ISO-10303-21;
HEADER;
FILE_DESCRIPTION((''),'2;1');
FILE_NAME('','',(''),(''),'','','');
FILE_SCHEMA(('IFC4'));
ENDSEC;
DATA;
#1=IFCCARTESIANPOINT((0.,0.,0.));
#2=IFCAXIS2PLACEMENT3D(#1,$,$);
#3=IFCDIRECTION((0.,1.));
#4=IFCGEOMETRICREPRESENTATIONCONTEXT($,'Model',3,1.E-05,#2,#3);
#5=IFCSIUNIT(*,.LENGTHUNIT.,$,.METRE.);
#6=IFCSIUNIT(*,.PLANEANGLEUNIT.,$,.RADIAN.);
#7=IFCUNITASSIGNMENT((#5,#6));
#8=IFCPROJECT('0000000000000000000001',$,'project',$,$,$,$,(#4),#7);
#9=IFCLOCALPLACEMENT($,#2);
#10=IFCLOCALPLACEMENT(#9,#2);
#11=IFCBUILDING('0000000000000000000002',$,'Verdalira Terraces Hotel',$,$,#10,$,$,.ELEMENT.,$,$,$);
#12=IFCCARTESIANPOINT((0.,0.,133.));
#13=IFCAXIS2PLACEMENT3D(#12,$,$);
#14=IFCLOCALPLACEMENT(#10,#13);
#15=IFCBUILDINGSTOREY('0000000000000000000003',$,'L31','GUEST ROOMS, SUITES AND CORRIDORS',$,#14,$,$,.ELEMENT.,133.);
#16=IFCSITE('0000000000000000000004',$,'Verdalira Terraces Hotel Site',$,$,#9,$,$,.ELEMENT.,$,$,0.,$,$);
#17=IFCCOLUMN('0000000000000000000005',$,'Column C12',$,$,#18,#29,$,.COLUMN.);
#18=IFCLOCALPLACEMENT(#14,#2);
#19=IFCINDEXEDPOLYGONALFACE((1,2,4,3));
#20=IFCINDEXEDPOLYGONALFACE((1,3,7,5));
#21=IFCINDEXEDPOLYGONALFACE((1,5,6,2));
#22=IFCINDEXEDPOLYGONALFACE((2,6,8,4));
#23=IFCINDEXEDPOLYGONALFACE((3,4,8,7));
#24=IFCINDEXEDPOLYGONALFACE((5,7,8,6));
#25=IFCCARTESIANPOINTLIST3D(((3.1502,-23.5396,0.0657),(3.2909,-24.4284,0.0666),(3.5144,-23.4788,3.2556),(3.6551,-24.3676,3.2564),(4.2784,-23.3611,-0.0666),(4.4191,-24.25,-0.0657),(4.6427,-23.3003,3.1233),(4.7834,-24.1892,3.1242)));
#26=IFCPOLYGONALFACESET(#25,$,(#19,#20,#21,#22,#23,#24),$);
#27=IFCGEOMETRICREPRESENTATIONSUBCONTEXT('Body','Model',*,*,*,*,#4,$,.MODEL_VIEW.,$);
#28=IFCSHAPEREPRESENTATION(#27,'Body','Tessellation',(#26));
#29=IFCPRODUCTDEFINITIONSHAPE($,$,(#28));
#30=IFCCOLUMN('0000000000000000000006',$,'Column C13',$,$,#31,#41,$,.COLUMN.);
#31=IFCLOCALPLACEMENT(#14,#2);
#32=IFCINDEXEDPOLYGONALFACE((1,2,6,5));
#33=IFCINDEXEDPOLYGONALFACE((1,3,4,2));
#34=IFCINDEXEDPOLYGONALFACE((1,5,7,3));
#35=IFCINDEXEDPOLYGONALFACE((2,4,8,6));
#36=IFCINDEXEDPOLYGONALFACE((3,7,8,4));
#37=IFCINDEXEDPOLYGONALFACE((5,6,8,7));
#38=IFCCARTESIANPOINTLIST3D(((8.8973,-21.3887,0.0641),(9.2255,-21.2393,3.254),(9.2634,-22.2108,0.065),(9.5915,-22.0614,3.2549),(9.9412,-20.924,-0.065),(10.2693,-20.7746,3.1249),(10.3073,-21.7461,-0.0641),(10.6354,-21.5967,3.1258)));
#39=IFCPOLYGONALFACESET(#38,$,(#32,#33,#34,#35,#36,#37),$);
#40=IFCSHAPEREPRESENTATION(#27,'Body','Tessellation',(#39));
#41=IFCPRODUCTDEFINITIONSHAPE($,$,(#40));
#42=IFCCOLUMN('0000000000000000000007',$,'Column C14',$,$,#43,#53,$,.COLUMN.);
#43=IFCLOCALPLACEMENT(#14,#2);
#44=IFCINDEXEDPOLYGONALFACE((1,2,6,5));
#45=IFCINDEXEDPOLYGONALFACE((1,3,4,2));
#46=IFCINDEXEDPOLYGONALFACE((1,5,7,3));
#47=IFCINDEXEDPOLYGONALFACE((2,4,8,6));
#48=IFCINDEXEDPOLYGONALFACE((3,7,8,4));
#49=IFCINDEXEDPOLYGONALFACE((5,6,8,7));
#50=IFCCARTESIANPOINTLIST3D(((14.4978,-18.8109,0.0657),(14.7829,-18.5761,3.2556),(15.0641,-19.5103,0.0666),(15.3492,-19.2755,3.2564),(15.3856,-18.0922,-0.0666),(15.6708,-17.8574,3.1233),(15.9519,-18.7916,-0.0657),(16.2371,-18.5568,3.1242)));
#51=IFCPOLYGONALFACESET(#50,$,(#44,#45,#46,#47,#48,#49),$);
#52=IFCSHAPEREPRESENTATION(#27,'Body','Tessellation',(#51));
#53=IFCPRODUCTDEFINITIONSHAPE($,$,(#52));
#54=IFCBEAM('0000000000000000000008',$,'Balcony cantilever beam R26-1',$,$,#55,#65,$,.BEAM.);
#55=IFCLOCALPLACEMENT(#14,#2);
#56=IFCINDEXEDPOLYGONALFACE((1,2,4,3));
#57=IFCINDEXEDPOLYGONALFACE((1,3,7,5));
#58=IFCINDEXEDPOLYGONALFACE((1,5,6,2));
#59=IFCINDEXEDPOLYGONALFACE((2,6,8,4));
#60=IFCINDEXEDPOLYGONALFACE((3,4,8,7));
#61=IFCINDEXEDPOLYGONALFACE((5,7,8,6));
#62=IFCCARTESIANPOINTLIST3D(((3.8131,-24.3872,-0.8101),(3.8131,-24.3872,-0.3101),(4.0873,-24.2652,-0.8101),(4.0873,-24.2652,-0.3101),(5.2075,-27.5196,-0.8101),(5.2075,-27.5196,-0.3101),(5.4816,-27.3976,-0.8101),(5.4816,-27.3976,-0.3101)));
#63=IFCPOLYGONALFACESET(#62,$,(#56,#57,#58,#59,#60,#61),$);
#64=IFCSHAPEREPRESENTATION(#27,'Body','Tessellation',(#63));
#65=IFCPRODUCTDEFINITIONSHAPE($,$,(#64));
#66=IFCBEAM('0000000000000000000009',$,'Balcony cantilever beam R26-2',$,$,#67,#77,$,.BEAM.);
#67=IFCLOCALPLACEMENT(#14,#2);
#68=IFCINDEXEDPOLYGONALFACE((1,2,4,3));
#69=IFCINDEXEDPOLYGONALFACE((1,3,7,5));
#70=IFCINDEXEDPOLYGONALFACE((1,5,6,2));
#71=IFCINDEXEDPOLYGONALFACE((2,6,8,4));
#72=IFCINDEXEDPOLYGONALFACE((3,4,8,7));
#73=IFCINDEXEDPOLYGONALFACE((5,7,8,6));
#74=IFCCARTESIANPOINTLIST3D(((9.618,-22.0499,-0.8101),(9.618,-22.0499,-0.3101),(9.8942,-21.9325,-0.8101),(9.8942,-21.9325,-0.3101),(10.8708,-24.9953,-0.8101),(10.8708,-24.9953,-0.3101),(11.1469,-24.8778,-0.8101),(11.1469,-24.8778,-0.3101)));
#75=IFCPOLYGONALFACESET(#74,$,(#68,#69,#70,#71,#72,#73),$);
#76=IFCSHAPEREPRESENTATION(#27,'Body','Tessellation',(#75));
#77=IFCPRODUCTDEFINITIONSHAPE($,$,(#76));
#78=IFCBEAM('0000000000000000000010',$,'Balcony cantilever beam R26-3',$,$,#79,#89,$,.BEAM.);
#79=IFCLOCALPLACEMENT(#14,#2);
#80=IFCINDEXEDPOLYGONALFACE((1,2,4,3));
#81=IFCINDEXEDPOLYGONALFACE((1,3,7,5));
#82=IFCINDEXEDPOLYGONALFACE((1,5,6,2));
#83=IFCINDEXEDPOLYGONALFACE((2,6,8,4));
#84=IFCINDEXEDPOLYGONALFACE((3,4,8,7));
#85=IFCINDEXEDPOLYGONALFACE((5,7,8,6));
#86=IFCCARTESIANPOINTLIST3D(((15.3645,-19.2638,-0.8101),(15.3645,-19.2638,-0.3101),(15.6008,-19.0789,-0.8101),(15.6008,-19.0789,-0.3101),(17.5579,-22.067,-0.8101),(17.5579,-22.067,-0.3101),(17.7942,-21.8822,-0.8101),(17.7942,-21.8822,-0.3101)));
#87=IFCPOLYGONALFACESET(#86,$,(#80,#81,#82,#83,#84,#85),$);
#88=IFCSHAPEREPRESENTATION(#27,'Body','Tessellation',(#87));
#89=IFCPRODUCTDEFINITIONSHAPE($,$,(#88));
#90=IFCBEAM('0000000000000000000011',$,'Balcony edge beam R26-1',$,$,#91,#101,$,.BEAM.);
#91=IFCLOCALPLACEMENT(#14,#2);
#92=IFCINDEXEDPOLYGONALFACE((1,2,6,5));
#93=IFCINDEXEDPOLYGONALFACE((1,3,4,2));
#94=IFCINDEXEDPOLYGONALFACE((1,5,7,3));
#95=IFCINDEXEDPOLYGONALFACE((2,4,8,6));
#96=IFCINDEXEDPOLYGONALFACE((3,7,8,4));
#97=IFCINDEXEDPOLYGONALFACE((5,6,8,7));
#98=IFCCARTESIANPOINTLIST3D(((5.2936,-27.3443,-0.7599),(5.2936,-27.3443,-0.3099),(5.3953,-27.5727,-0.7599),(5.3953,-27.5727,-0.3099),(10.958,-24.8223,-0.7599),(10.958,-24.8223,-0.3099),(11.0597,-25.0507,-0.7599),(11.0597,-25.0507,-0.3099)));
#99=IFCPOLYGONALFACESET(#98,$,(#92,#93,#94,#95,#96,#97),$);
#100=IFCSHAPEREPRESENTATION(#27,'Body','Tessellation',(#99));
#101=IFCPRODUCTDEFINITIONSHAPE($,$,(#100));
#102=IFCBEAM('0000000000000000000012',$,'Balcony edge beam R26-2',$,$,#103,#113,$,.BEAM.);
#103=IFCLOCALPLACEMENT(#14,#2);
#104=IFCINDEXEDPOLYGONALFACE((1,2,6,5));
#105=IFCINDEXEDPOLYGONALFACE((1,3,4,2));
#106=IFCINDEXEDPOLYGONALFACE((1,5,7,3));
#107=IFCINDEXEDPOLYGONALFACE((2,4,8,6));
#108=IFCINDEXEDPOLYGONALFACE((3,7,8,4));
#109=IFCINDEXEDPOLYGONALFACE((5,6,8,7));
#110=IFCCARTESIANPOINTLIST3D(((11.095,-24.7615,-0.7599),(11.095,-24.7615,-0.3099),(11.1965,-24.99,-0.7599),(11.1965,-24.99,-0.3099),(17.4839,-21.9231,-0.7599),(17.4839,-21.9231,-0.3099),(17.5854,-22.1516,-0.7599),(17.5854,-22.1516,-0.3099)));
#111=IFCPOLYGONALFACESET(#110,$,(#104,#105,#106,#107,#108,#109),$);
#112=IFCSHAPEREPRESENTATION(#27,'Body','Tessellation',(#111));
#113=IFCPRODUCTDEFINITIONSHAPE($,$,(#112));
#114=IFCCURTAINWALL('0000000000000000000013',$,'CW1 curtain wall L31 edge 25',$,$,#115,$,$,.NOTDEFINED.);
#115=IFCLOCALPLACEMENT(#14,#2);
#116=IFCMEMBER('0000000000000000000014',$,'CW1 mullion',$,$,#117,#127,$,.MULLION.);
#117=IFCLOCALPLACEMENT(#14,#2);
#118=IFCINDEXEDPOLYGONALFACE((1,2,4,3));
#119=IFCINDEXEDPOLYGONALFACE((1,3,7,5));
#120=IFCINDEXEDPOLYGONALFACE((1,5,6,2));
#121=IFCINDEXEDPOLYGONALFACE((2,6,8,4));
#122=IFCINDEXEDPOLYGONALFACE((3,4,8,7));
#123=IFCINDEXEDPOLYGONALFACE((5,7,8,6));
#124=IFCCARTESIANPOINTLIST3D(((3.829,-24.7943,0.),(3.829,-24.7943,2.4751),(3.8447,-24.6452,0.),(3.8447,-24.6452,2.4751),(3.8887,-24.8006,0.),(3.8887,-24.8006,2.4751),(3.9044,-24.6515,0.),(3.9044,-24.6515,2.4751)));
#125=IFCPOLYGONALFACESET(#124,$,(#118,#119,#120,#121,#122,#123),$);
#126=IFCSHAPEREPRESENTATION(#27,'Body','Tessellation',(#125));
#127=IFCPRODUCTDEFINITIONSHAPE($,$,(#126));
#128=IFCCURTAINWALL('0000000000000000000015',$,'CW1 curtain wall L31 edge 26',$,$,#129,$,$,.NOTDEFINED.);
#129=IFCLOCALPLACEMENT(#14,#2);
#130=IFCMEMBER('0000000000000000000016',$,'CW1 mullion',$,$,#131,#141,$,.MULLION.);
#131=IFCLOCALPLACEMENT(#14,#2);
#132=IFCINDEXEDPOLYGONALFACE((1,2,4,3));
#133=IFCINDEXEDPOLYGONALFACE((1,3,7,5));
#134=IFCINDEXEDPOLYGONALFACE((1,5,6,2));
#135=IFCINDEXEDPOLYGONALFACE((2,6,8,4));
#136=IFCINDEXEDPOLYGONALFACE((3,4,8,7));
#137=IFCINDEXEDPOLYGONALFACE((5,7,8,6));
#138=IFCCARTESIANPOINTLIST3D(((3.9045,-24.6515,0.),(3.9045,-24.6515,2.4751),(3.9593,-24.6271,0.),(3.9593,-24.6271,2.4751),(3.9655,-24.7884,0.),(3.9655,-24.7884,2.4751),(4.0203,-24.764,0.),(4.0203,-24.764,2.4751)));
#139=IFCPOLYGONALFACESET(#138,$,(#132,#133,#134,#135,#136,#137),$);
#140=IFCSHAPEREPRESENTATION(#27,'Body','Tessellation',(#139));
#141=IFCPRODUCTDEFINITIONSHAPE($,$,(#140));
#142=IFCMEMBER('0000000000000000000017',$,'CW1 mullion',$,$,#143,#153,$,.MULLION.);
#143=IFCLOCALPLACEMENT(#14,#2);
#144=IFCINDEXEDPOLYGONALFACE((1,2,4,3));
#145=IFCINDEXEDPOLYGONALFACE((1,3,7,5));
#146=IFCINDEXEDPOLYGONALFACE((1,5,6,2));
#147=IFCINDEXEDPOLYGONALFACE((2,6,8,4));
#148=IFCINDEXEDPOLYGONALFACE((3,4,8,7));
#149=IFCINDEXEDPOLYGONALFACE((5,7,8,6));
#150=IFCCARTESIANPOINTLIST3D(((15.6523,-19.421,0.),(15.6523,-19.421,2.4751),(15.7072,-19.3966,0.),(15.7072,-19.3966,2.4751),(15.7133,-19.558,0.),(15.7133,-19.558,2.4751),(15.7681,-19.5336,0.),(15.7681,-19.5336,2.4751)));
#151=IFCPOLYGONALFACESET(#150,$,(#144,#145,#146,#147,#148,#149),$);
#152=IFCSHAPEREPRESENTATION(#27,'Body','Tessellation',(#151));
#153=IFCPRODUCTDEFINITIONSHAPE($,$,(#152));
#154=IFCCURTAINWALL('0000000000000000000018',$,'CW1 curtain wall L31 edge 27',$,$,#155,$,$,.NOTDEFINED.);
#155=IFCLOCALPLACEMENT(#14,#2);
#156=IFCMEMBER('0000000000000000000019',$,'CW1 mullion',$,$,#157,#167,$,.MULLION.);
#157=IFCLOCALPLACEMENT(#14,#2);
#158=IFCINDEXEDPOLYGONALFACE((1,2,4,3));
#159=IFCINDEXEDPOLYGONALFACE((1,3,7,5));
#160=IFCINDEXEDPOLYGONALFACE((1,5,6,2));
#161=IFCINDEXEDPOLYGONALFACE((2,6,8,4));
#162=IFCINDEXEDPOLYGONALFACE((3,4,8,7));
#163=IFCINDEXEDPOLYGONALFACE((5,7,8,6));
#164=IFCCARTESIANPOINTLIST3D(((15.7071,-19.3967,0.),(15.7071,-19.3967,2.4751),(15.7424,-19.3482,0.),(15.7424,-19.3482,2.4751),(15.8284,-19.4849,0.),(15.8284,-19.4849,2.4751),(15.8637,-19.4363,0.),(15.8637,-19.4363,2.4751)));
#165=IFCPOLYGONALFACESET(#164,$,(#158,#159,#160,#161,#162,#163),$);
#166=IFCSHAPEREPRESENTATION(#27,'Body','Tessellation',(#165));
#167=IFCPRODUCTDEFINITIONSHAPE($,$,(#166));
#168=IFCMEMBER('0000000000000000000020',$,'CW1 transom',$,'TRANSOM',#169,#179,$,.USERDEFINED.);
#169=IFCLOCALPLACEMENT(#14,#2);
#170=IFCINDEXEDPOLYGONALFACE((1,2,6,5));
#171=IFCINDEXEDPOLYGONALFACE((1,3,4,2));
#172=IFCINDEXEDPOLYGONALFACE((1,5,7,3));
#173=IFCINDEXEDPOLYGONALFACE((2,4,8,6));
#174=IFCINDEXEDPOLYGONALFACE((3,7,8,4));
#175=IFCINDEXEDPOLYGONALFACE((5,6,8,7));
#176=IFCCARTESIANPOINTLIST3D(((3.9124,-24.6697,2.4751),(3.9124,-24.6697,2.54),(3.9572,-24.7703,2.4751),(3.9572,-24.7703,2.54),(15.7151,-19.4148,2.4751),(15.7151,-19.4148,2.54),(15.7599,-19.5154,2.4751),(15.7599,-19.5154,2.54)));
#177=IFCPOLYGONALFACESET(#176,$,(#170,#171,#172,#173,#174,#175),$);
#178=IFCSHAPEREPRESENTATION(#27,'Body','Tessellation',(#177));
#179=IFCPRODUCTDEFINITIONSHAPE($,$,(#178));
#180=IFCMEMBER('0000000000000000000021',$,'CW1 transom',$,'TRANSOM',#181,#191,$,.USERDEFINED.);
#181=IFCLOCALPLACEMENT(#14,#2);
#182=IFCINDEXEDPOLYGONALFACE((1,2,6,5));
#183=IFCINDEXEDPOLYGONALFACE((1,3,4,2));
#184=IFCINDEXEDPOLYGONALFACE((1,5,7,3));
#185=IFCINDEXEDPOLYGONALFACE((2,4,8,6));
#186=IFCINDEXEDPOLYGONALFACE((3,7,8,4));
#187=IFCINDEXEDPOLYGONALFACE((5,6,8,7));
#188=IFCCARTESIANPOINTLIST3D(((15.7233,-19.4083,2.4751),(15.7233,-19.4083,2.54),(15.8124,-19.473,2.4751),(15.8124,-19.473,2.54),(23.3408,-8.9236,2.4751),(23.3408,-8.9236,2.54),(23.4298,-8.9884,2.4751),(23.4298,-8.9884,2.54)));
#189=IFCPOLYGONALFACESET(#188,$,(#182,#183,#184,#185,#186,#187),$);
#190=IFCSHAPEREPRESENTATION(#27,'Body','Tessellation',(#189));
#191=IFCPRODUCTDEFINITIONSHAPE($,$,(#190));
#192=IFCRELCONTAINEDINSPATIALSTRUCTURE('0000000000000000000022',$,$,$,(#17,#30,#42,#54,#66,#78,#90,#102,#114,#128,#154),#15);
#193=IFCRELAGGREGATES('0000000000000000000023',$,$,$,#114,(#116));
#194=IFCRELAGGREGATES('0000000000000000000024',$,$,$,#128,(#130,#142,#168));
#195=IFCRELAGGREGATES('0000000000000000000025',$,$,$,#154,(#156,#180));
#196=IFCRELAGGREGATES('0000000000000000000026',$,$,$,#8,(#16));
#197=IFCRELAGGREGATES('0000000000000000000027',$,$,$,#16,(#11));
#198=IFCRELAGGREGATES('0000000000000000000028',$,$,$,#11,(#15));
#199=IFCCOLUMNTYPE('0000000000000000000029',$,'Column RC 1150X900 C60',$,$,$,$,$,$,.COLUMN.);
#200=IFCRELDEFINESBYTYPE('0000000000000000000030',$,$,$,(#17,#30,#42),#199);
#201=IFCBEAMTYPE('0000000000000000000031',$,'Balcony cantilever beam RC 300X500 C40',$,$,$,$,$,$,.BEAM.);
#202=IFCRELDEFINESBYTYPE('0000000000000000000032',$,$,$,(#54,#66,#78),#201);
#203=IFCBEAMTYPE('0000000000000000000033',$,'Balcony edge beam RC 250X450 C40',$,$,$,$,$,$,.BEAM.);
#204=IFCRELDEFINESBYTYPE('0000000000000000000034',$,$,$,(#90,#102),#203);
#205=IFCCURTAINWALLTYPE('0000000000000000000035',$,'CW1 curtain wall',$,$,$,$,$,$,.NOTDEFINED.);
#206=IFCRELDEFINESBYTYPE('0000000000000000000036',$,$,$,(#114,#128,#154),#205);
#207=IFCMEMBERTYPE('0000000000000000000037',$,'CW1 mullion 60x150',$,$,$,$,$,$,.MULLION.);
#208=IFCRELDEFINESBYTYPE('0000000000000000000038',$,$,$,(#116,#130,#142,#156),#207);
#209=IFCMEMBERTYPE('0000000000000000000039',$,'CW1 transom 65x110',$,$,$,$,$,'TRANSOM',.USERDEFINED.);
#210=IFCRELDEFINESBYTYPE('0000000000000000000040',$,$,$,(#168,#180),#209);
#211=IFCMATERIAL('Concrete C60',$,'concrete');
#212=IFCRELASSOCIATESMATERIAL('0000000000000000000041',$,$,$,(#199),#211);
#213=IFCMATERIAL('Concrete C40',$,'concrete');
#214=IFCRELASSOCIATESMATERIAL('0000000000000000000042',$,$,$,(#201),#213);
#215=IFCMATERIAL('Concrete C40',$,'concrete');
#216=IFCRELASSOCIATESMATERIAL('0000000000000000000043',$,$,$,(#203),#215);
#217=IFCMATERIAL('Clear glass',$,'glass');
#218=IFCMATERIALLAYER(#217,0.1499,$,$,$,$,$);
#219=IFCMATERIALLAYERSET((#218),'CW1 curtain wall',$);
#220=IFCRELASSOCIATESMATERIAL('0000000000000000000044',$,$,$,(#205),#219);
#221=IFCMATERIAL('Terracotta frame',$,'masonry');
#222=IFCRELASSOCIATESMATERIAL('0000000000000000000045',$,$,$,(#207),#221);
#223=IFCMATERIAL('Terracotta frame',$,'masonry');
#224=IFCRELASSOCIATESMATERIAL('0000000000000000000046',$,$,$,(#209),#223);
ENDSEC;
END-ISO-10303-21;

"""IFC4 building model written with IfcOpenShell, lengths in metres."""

from ifc_helpers import new_model, si_unit, direction, frame, origin, origin_2d, place, context, subcontext, project, spatial, rectangle, extrude, material, layer, layer_set, material_profile, profile_set, type_object, element, aggregate, save


model = new_model("IFC4")

# Units and contexts
model_context = context("Model", 3, precision=1e-05, world=origin(), true_north=direction((0.0, 1.0)))
body_context = subcontext(model_context, "Body", "Model", "MODEL_VIEW")
ifc_project = project(units=[si_unit("LENGTHUNIT", "METRE"), si_unit("PLANEANGLEUNIT", "RADIAN")], contexts=[model_context])

# Site, building, storey
site_placement = place(None, origin())
site = spatial("IfcSite", under=ifc_project, at=site_placement, Name="Verdalira Terraces Hotel Site", CompositionType="ELEMENT", RefElevation=0.0)
building_placement = place(site_placement, origin())
building = spatial("IfcBuilding", under=site, at=building_placement, Name="Verdalira Terraces Hotel", CompositionType="ELEMENT")
storey_placement = place(building_placement, frame((0.0, 0.0, 133.0)))
storey = spatial("IfcBuildingStorey", under=building, at=storey_placement, Name="L31", Description="GUEST ROOMS, SUITES AND CORRIDORS", CompositionType="ELEMENT", Elevation=133.0)

# Columns
ifc_material_1 = material(Name="Concrete C60", Category="concrete")
ifc_material_profile_1 = material_profile(ifc_material_1, rectangle(XDim=1.1499, YDim=0.8999, at=origin_2d()), Name="RC 1150X900")
ifc_profile_set_1 = profile_set([ifc_material_profile_1], Name="Concrete C60")
column_type = type_object("IfcColumnType", Name="Column RC 1150X900 C60", PredefinedType="COLUMN", material=ifc_profile_set_1)
column_1_placement = place(storey_placement, frame((3.7847, -23.8948, 0.0), z_axis=(0.113432, 0.018931, 0.993365), x_axis=(-0.981167, -0.155197, 0.114997)))
element("IfcColumn", 1, at=column_1_placement, inside=storey, type_object=column_type, Name="Column C12", PredefinedType="COLUMN", context=body_context, shape_type="SweptSolid", body=[
    extrude(rectangle(XDim=1.1499, YDim=0.8999, at=origin_2d()), origin(), (0.0, 0.0, 1.0), 3.2112),
])
column_2_placement = place(storey_placement, frame((9.6023, -21.5674, 0.0), z_axis=(0.102212, 0.046543, 0.993673), x_axis=(0.907792, 0.404105, -0.112306)))
element("IfcColumn", 2, at=column_2_placement, inside=storey, type_object=column_type, Name="Column C13", PredefinedType="COLUMN", context=body_context, shape_type="SweptSolid", body=[
    extrude(rectangle(XDim=1.1499, YDim=0.8999, at=origin_2d()), origin(), (0.0, 0.0, 1.0), 3.2102),
])
column_3_placement = place(storey_placement, frame((15.2249, -18.8013, 0.0), z_axis=(0.088799, 0.073137, 0.993361), x_axis=(-0.772102, -0.625001, 0.115036)))
element("IfcColumn", 3, at=column_3_placement, inside=storey, type_object=column_type, Name="Column C14", PredefinedType="COLUMN", context=body_context, shape_type="SweptSolid", body=[
    extrude(rectangle(XDim=1.1499, YDim=0.8999, at=origin_2d()), origin(), (0.0, 0.0, 1.0), 3.2112),
])

# Beams
ifc_material_2 = material(Name="Concrete C40", Category="concrete")
ifc_material_profile_2 = material_profile(ifc_material_2, rectangle(XDim=0.3, YDim=0.5, at=origin_2d()), Name="RC 300X500")
ifc_profile_set_2 = profile_set([ifc_material_profile_2], Name="Concrete C40")
beam_type_1 = type_object("IfcBeamType", Name="Balcony cantilever beam RC 300X500 C40", PredefinedType="BEAM", material=ifc_profile_set_2)
beam_1_placement = place(storey_placement, frame((3.9502, -24.3262, -0.5601), z_axis=(0.40666, -0.913579, 0.0), x_axis=(0.913579, 0.40666, 0.0)))
element("IfcBeam", 4, at=beam_1_placement, inside=storey, type_object=beam_type_1, Name="Balcony cantilever beam R26-1", PredefinedType="BEAM", context=body_context, shape_type="SweptSolid", body=[
    extrude(rectangle(XDim=0.3, YDim=0.5, at=origin_2d()), origin(), (0.0, 0.0, 1.0), 3.4287),
])
beam_2_placement = place(storey_placement, frame((9.7561, -21.9912, -0.5601), z_axis=(0.391386, -0.920227, 0.0), x_axis=(0.920227, 0.391386, 0.0)))
element("IfcBeam", 5, at=beam_2_placement, inside=storey, type_object=beam_type_1, Name="Balcony cantilever beam R26-2", PredefinedType="BEAM", context=body_context, shape_type="SweptSolid", body=[
    extrude(rectangle(XDim=0.3, YDim=0.5, at=origin_2d()), origin(), (0.0, 0.0, 1.0), 3.2007),
])
beam_3_placement = place(storey_placement, frame((15.4827, -19.1714, -0.5601), z_axis=(0.616227, -0.787569, 0.0), x_axis=(0.787569, 0.616227, 0.0)))
element("IfcBeam", 6, at=beam_3_placement, inside=storey, type_object=beam_type_1, Name="Balcony cantilever beam R26-3", PredefinedType="BEAM", context=body_context, shape_type="SweptSolid", body=[
    extrude(rectangle(XDim=0.3, YDim=0.5, at=origin_2d()), origin(), (0.0, 0.0, 1.0), 3.5593),
])
ifc_material_3 = material(Name="Concrete C40", Category="concrete")
ifc_material_profile_3 = material_profile(ifc_material_3, rectangle(XDim=0.25, YDim=0.45, at=origin_2d()), Name="RC 250X450")
ifc_profile_set_3 = profile_set([ifc_material_profile_3], Name="Concrete C40")
beam_type_2 = type_object("IfcBeamType", Name="Balcony edge beam RC 250X450 C40", PredefinedType="BEAM", material=ifc_profile_set_3)
beam_4_placement = place(storey_placement, frame((5.3445, -27.4585, -0.5349), z_axis=(0.913542, 0.406745, 0.0), x_axis=(-0.406745, 0.913542, 0.0)))
element("IfcBeam", 7, at=beam_4_placement, inside=storey, type_object=beam_type_2, Name="Balcony edge beam R26-1", PredefinedType="BEAM", context=body_context, shape_type="SweptSolid", body=[
    extrude(rectangle(XDim=0.25, YDim=0.45, at=origin_2d()), origin(), (0.0, 0.0, 1.0), 6.2004),
])
beam_5_placement = place(storey_placement, frame((11.1458, -24.8757, -0.5349), z_axis=(0.913872, 0.406002, 0.0), x_axis=(-0.406002, 0.913872, 0.0)))
element("IfcBeam", 8, at=beam_5_placement, inside=storey, type_object=beam_type_2, Name="Balcony edge beam R26-2", PredefinedType="BEAM", context=body_context, shape_type="SweptSolid", body=[
    extrude(rectangle(XDim=0.25, YDim=0.45, at=origin_2d()), origin(), (0.0, 0.0, 1.0), 6.991),
])

# Curtain wall, member
ifc_material_4 = material(Name="Clear glass", Category="glass")
ifc_layer_1 = layer(ifc_material_4, 0.1499)
ifc_layer_set_1 = layer_set([ifc_layer_1], Name="CW1 curtain wall")
curtain_wall_type = type_object("IfcCurtainWallType", Name="CW1 curtain wall", PredefinedType="NOTDEFINED", material=ifc_layer_set_1)
curtain_wall_1_placement = place(storey_placement, origin())
curtain_wall_1 = element("IfcCurtainWall", 9, at=curtain_wall_1_placement, inside=storey, type_object=curtain_wall_type, Name="CW1 curtain wall L31 edge 25", PredefinedType="NOTDEFINED")
ifc_material_5 = material(Name="Terracotta frame", Category="masonry")
ifc_material_profile_4 = material_profile(ifc_material_5, rectangle(XDim=0.0601, YDim=0.1499, at=origin_2d()), Name="MU 60x150")
ifc_profile_set_4 = profile_set([ifc_material_profile_4], Name="Terracotta frame")
member_type_1 = type_object("IfcMemberType", Name="CW1 mullion 60x150", PredefinedType="MULLION", material=ifc_profile_set_4)
member_1_placement = place(storey_placement, frame((3.8667, -24.7229, 0.0), z_axis=(0.0, 0.0, 1.0), x_axis=(0.994522, -0.104528, 0.0)))
member_1 = element("IfcMember", 10, at=member_1_placement, type_object=member_type_1, Name="CW1 mullion", PredefinedType="MULLION", context=body_context, shape_type="SweptSolid", body=[
    extrude(rectangle(XDim=0.0601, YDim=0.1499, at=origin_2d()), origin(), (0.0, 0.0, 1.0), 2.4751),
])
aggregate(curtain_wall_1, [member_1])

# Curtain wall, members
curtain_wall_2_placement = place(storey_placement, origin())
curtain_wall_2 = element("IfcCurtainWall", 11, at=curtain_wall_2_placement, inside=storey, type_object=curtain_wall_type, Name="CW1 curtain wall L31 edge 26", PredefinedType="NOTDEFINED")
member_2_placement = place(storey_placement, frame((3.9624, -24.7078, 0.0), z_axis=(0.0, 0.0, 1.0), x_axis=(0.913545, 0.406737, 0.0)))
member_2 = element("IfcMember", 12, at=member_2_placement, type_object=member_type_1, Name="CW1 mullion", PredefinedType="MULLION", context=body_context, shape_type="SweptSolid", body=[
    extrude(rectangle(XDim=0.0601, YDim=0.1499, at=origin_2d()), origin(), (0.0, 0.0, 1.0), 2.4751),
])
member_3_placement = place(storey_placement, frame((15.7102, -19.4773, 0.0), z_axis=(0.0, 0.0, 1.0), x_axis=(0.913545, 0.406737, 0.0)))
member_3 = element("IfcMember", 13, at=member_3_placement, type_object=member_type_1, Name="CW1 mullion", PredefinedType="MULLION", context=body_context, shape_type="SweptSolid", body=[
    extrude(rectangle(XDim=0.0601, YDim=0.1499, at=origin_2d()), origin(), (0.0, 0.0, 1.0), 2.4751),
])

# Curtain wall, member
curtain_wall_3_placement = place(storey_placement, origin())
curtain_wall_3 = element("IfcCurtainWall", 14, at=curtain_wall_3_placement, inside=storey, type_object=curtain_wall_type, Name="CW1 curtain wall L31 edge 27", PredefinedType="NOTDEFINED")
member_4_placement = place(storey_placement, frame((15.7854, -19.4165, 0.0), z_axis=(0.0, 0.0, 1.0), x_axis=(0.587785, 0.809017, 0.0)))
member_4 = element("IfcMember", 15, at=member_4_placement, type_object=member_type_1, Name="CW1 mullion", PredefinedType="MULLION", context=body_context, shape_type="SweptSolid", body=[
    extrude(rectangle(XDim=0.0601, YDim=0.1499, at=origin_2d()), origin(), (0.0, 0.0, 1.0), 2.4751),
])

# Members
ifc_material_6 = material(Name="Terracotta frame", Category="masonry")
ifc_material_profile_5 = material_profile(ifc_material_6, rectangle(XDim=0.1101, YDim=0.0649, at=origin_2d()), Name="TR 65x110")
ifc_profile_set_5 = profile_set([ifc_material_profile_5], Name="Terracotta frame")
member_type_2 = type_object("IfcMemberType", Name="CW1 transom 65x110", ElementType="TRANSOM", PredefinedType="USERDEFINED", material=ifc_profile_set_5)
member_5_placement = place(storey_placement, frame((3.9348, -24.72, 2.5076), z_axis=(0.913546, 0.406735, 0.0), x_axis=(-0.406735, 0.913546, 0.0)))
member_5 = element("IfcMember", 16, at=member_5_placement, type_object=member_type_2, Name="CW1 transom", ObjectType="TRANSOM", PredefinedType="USERDEFINED", context=body_context, shape_type="SweptSolid", body=[
    extrude(rectangle(XDim=0.1101, YDim=0.0649, at=origin_2d()), origin(), (0.0, 0.0, 1.0), 12.9197),
])
member_6_placement = place(storey_placement, frame((15.7678, -19.4407, 2.5076), z_axis=(0.587781, 0.80902, 0.0), x_axis=(-0.80902, 0.587781, 0.0)))
member_6 = element("IfcMember", 17, at=member_6_placement, type_object=member_type_2, Name="CW1 transom", ObjectType="TRANSOM", PredefinedType="USERDEFINED", context=body_context, shape_type="SweptSolid", body=[
    extrude(rectangle(XDim=0.1101, YDim=0.0649, at=origin_2d()), origin(), (0.0, 0.0, 1.0), 12.9597),
])

aggregate(curtain_wall_2, [member_2, member_3, member_5])
aggregate(curtain_wall_3, [member_4, member_6])

save(model, "model.ifc")
